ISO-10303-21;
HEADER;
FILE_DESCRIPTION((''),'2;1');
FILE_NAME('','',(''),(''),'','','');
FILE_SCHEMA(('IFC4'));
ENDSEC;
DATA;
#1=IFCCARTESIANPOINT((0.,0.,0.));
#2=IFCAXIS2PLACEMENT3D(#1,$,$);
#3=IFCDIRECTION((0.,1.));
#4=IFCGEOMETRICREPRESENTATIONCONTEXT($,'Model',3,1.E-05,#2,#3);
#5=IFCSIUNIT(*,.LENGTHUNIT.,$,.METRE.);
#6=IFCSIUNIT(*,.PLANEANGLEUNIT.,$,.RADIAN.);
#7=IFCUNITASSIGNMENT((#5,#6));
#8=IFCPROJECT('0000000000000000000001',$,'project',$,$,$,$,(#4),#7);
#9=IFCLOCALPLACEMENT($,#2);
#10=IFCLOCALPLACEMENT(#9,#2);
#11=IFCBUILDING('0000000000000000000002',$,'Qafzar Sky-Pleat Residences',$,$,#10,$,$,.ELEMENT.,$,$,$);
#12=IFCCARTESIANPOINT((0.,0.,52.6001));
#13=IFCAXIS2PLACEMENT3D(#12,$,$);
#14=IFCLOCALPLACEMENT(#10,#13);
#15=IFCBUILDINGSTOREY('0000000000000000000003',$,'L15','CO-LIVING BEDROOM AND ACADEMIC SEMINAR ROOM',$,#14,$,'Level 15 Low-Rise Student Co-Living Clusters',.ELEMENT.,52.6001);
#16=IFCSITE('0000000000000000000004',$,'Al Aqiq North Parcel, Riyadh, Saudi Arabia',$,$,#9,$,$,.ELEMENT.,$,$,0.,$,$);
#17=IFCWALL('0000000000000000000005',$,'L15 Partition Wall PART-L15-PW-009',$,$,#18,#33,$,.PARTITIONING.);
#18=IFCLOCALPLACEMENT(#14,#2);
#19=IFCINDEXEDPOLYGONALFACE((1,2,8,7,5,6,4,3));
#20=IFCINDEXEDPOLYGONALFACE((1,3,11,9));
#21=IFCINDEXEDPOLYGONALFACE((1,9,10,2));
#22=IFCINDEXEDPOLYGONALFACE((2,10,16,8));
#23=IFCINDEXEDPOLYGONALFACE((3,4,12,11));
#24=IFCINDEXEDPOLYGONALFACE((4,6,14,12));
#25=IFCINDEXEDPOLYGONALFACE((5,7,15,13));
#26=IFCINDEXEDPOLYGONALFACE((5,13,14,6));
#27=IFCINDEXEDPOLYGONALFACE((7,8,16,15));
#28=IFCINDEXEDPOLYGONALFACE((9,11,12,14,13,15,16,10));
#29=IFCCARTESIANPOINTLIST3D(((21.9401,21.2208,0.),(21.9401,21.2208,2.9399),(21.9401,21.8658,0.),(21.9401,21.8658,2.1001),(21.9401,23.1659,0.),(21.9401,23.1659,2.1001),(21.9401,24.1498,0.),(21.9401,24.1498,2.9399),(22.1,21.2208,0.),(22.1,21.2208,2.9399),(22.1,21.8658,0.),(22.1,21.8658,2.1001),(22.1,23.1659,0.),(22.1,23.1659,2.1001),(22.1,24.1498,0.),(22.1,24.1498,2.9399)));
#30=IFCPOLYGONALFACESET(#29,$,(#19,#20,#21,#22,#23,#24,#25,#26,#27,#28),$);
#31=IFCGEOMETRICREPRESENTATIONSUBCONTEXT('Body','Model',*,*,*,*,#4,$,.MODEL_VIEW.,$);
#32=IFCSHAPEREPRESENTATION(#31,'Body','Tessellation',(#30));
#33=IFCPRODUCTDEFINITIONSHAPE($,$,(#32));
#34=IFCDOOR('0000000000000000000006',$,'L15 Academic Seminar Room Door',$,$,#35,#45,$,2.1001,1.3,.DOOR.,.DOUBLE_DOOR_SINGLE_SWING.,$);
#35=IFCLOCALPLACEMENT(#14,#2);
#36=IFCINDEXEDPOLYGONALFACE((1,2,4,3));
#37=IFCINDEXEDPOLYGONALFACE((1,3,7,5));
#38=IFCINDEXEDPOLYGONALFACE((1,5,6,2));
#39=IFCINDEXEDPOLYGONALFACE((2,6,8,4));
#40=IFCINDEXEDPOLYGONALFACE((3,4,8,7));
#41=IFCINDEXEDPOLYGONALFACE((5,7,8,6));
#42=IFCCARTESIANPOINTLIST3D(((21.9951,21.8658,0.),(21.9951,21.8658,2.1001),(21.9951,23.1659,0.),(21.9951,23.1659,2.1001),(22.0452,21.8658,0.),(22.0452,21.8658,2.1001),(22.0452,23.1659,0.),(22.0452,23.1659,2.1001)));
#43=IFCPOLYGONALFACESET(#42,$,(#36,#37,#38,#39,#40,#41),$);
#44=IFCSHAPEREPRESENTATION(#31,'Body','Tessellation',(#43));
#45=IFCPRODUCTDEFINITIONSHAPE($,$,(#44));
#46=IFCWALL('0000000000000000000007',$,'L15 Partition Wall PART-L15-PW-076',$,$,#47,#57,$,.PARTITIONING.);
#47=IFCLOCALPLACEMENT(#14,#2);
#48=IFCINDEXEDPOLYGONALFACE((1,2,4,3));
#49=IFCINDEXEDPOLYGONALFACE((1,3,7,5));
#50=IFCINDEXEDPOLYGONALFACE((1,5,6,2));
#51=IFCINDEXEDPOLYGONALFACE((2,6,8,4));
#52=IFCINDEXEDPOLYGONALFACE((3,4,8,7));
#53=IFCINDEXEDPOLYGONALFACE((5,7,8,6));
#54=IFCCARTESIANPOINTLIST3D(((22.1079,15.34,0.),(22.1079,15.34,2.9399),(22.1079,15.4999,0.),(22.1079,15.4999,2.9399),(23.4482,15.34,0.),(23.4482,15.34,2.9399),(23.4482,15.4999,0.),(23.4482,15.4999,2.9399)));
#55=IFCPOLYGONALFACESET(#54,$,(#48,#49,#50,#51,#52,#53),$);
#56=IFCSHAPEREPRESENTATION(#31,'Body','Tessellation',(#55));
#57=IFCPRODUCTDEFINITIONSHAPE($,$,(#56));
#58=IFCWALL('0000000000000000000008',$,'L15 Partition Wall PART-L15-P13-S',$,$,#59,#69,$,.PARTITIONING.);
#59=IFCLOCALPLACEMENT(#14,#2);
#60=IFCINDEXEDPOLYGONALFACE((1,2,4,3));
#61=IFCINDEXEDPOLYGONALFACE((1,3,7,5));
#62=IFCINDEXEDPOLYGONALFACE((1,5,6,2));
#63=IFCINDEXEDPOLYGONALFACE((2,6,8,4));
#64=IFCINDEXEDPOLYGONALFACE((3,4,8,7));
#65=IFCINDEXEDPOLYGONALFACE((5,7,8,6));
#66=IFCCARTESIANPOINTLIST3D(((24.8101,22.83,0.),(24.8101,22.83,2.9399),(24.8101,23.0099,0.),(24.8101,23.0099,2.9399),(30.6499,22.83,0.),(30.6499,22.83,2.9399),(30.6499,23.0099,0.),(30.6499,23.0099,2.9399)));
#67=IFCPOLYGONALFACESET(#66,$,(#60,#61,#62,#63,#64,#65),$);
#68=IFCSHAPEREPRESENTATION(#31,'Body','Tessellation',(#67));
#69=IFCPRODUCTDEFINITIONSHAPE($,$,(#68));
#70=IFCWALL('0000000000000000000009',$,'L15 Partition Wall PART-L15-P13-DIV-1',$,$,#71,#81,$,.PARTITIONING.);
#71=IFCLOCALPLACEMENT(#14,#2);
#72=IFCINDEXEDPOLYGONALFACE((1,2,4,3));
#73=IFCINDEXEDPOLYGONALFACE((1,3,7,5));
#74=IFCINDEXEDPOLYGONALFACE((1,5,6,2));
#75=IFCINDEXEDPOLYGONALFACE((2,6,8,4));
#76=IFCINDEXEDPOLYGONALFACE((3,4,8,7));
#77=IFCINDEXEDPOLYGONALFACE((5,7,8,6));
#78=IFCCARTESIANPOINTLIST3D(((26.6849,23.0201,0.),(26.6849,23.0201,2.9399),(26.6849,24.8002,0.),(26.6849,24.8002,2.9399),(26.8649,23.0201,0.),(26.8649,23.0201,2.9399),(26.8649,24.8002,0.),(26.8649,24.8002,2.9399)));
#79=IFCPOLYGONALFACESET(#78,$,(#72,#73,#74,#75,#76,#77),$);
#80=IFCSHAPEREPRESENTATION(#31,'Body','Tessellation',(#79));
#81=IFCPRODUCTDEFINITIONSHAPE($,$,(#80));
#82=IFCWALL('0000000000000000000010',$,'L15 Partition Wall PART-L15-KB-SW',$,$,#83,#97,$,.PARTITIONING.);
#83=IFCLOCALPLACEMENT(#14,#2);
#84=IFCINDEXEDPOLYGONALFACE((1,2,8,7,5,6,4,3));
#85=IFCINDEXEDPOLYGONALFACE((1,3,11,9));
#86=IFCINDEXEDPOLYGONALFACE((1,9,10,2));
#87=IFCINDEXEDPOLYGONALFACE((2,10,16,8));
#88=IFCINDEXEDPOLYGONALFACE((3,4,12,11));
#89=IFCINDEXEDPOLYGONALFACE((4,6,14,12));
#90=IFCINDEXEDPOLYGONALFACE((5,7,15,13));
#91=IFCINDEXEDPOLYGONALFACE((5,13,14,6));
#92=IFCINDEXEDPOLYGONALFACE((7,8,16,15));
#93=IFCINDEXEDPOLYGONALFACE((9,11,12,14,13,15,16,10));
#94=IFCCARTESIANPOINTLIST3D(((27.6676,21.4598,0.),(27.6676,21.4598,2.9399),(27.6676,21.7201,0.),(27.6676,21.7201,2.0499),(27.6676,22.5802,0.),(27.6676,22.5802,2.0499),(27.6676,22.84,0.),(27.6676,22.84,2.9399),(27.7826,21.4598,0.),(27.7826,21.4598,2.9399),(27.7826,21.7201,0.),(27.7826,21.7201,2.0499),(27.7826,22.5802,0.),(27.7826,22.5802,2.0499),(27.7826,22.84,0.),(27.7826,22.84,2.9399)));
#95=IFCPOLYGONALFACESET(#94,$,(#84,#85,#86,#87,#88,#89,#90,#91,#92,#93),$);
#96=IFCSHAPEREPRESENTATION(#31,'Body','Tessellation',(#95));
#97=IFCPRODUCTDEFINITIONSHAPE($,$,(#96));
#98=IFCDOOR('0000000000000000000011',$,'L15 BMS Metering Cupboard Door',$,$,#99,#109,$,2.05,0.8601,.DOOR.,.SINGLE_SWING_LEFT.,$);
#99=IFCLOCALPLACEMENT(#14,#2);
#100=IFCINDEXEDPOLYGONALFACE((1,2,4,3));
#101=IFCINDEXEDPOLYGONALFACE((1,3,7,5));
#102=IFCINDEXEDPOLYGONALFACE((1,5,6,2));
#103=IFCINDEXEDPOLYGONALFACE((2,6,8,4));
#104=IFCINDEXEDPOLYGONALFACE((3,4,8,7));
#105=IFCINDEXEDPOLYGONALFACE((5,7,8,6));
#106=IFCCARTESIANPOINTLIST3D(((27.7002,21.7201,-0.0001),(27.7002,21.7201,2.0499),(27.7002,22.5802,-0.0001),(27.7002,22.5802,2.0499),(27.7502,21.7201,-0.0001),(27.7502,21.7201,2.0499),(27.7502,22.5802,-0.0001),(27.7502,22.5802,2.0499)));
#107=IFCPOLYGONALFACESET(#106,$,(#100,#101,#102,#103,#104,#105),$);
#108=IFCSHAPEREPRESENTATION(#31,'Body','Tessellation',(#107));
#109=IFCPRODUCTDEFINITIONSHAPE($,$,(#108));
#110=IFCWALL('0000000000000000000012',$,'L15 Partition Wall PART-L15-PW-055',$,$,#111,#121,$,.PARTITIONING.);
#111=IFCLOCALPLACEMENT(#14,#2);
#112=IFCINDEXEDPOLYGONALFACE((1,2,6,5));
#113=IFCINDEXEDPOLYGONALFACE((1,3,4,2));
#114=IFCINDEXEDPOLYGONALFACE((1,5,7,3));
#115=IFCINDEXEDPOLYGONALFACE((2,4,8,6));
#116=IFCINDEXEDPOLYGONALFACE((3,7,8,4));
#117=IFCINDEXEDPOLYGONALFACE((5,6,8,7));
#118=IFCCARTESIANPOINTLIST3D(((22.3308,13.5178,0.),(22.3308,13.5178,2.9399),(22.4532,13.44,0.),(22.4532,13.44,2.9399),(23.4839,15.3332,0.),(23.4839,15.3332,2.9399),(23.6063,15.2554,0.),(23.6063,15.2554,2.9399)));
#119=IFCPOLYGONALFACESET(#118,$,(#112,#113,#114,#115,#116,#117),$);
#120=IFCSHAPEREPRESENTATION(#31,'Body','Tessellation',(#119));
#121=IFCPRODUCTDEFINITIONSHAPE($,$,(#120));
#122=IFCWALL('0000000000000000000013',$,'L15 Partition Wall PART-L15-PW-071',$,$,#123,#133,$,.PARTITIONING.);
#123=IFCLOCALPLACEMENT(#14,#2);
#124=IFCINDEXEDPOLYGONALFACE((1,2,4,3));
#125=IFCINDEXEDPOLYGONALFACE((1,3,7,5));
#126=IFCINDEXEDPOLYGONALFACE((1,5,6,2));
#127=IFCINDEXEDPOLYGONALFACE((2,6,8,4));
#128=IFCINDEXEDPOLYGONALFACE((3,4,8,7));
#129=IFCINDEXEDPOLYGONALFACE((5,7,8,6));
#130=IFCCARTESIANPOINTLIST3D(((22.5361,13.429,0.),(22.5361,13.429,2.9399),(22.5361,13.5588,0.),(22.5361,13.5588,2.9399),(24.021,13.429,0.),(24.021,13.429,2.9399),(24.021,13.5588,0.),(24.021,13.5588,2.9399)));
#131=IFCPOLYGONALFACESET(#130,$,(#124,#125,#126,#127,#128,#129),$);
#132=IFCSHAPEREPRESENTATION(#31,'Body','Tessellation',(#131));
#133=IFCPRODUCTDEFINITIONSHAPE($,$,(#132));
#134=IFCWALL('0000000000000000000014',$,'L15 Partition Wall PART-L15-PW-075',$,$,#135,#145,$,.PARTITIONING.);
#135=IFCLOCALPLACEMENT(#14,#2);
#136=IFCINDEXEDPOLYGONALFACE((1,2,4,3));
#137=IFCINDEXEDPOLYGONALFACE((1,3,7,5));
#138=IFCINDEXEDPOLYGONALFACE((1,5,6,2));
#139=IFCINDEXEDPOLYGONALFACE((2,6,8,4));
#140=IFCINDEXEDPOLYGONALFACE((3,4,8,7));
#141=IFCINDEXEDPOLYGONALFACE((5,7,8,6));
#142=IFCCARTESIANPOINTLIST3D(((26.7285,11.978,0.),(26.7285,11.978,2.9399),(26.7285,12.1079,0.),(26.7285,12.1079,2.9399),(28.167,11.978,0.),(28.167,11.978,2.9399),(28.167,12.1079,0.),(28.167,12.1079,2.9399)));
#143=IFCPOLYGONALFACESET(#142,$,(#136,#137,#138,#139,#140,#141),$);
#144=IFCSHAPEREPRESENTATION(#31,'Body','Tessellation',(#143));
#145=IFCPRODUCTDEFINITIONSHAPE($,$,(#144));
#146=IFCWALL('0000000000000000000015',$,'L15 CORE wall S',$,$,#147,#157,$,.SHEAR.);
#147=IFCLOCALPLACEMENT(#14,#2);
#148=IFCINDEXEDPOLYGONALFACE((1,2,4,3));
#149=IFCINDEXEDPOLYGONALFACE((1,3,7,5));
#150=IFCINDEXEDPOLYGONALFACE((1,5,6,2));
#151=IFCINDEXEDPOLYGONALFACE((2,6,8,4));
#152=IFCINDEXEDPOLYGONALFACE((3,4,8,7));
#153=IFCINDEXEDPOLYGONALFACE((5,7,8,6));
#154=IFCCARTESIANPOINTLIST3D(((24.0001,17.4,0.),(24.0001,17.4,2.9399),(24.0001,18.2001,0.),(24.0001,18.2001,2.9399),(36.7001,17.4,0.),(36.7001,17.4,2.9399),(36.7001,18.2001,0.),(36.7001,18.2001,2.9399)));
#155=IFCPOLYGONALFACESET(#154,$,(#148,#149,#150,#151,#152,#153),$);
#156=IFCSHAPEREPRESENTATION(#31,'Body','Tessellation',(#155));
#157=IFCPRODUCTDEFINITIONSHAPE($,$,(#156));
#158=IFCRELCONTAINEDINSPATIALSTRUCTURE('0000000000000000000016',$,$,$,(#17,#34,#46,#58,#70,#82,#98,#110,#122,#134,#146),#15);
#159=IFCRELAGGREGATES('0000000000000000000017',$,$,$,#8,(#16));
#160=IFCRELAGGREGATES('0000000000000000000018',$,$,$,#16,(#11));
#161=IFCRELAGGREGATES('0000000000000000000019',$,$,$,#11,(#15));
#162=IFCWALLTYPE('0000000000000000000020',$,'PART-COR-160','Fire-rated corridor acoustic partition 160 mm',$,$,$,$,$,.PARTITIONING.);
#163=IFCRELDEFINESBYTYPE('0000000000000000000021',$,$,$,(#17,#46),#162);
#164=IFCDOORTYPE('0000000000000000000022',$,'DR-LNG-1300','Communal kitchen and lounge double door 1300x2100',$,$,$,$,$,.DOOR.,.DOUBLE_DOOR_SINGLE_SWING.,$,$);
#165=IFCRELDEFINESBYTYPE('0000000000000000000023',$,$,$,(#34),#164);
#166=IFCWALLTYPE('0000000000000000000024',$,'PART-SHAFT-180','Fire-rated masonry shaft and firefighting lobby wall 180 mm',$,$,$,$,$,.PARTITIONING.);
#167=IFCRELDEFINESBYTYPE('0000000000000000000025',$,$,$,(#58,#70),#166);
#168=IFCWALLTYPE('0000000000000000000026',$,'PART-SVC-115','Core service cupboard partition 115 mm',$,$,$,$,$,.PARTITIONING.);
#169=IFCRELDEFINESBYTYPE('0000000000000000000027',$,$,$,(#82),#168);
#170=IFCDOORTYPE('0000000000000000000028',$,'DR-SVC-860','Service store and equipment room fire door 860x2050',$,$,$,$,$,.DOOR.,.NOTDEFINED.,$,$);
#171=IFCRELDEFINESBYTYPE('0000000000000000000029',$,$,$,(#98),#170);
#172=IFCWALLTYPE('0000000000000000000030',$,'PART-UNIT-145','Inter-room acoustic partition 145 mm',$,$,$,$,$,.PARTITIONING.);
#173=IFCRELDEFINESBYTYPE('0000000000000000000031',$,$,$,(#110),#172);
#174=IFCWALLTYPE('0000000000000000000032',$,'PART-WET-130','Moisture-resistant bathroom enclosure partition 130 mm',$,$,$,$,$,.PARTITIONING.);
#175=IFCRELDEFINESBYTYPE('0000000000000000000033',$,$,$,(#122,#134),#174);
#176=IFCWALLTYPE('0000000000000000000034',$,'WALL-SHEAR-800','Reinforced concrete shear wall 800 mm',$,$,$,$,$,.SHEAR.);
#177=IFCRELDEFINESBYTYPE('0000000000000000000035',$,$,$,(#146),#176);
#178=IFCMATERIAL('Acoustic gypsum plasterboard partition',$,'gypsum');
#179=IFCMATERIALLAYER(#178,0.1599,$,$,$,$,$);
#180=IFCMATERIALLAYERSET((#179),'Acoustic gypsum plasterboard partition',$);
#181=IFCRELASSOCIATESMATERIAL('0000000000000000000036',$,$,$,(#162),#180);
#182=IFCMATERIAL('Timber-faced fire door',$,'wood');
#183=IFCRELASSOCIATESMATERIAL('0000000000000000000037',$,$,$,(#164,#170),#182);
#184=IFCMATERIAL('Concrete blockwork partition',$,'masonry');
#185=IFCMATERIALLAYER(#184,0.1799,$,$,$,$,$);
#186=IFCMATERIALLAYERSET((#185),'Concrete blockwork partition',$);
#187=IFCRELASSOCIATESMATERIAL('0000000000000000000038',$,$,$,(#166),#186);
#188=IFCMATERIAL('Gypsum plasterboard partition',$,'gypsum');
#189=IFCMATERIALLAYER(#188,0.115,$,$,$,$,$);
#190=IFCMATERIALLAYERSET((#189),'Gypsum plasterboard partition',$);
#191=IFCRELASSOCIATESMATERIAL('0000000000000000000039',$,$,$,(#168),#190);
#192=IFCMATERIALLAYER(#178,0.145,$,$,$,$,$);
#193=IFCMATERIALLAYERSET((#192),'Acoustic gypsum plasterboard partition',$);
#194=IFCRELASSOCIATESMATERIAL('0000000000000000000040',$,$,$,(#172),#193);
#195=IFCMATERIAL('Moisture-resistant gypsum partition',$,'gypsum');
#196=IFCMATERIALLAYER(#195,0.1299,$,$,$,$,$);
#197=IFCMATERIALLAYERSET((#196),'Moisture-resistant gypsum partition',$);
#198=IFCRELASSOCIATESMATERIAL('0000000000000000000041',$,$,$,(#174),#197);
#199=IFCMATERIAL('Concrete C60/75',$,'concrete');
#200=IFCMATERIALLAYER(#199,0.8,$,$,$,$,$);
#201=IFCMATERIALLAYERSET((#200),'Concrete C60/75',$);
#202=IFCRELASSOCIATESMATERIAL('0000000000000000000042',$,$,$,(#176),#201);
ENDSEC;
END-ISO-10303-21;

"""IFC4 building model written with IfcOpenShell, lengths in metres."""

from ifc_helpers import new_model, si_unit, direction, frame, frame_2d, origin, place, context, subcontext, project, spatial, rectangle, extrude, source, transform, mapped, material, layer, layer_set, type_object, element, fill, save


model = new_model("IFC4")

# Units and contexts
model_context = context("Model", 3, precision=1e-05, world=origin(), true_north=direction((0.0, 1.0)))
body_context = subcontext(model_context, "Body", "Model", "MODEL_VIEW")
ifc_project = project(units=[si_unit("LENGTHUNIT", "METRE"), si_unit("PLANEANGLEUNIT", "RADIAN")], contexts=[model_context])

# Site, building, storey
site_placement = place(None, origin())
site = spatial("IfcSite", under=ifc_project, at=site_placement, Name="Al Aqiq North Parcel, Riyadh, Saudi Arabia", CompositionType="ELEMENT", RefElevation=0.0)
building_placement = place(site_placement, origin())
building = spatial("IfcBuilding", under=site, at=building_placement, Name="Qafzar Sky-Pleat Residences", CompositionType="ELEMENT")
storey_placement = place(building_placement, frame((0.0, 0.0, 52.6001)))
storey = spatial("IfcBuildingStorey", under=building, at=storey_placement, Name="L15", Description="CO-LIVING BEDROOM AND ACADEMIC SEMINAR ROOM", LongName="Level 15 Low-Rise Student Co-Living Clusters", CompositionType="ELEMENT", Elevation=52.6001)

# Wall, opening, door
ifc_material_1 = material(Name="Acoustic gypsum plasterboard partition", Category="gypsum")
ifc_layer_1 = layer(ifc_material_1, 0.1599)
ifc_layer_set_1 = layer_set([ifc_layer_1], Name="Acoustic gypsum plasterboard partition")
wall_type_1 = type_object("IfcWallType", Name="PART-COR-160", Description="Fire-rated corridor acoustic partition 160 mm", PredefinedType="PARTITIONING", material=ifc_layer_set_1)
ifc_material_2 = material(Name="Timber-faced fire door", Category="wood")
wall_1_placement = place(storey_placement, frame((22.02, 21.2209, 0.0), z_axis=(0.0, 0.0, 1.0), x_axis=(0.0, 1.0, 0.0)))
wall_1 = element("IfcWall", 1, at=wall_1_placement, inside=storey, type_object=wall_type_1, Name="L15 Partition Wall PART-L15-PW-009", PredefinedType="PARTITIONING", context=body_context, shape_type="SweptSolid", body=[
    extrude(rectangle(XDim=2.929, YDim=0.1599, at=frame_2d((1.4644, 0.0))), origin(), (0.0, 0.0, 1.0), 2.9399),
])
opening_1_placement = place(wall_1_placement, frame((0.645, 0.0, 0.0)))
opening_1 = element("IfcOpeningElement", 2, at=opening_1_placement, cuts=wall_1, PredefinedType="OPENING", context=body_context, shape_type="SweptSolid", body=[
    extrude(rectangle(XDim=1.3, YDim=2.1001, at=frame_2d((0.6499, 1.05))), frame((0.0, 0.0898, 0.0), z_axis=(0.0, -1.0, 0.0), x_axis=(1.0, 0.0, 0.0)), (0.0, 0.0, 1.0), 0.1799),
])
door_type_1 = type_object("IfcDoorType", Name="DR-LNG-1300", Description="Communal kitchen and lounge double door 1300x2100", OperationType="DOUBLE_DOOR_SINGLE_SWING", PredefinedType="DOOR", material=ifc_material_2)
shared_shape_1 = source(origin(), body_context, "Body", "SweptSolid", [
    extrude(rectangle(XDim=1.3, YDim=2.1001, at=frame_2d((0.6499, 1.05))), frame((0.0, 0.0249, 0.0), z_axis=(0.0, -1.0, 0.0), x_axis=(1.0, 0.0, 0.0)), (0.0, 0.0, 1.0), 0.05),
])
door_1_placement = place(opening_1_placement, origin())
door_1 = element("IfcDoor", 3, at=door_1_placement, inside=storey, type_object=door_type_1, Name="L15 Academic Seminar Room Door", OperationType="DOUBLE_DOOR_SINGLE_SWING", OverallHeight=2.1001, OverallWidth=1.3, PredefinedType="DOOR", context=body_context, shape_type="MappedRepresentation", body=[
    mapped(shared_shape_1, transform((0.0, 0.0, 0.0), x_axis=(1.0, 0.0, 0.0), y_axis=(0.0, 1.0, 0.0), z_axis=(0.0, 0.0, 1.0), scale=1.0)),
])
fill(opening_1, door_1)

# Walls
wall_2_placement = place(storey_placement, frame((22.1079, 15.4199, 0.0), z_axis=(0.0, 0.0, 1.0), x_axis=(1.0, 0.0, 0.0)))
element("IfcWall", 4, at=wall_2_placement, inside=storey, type_object=wall_type_1, Name="L15 Partition Wall PART-L15-PW-076", PredefinedType="PARTITIONING", context=body_context, shape_type="SweptSolid", body=[
    extrude(rectangle(XDim=1.3403, YDim=0.1599, at=frame_2d((0.6702, 0.0))), origin(), (0.0, 0.0, 1.0), 2.9399),
])
ifc_material_3 = material(Name="Concrete blockwork partition", Category="masonry")
ifc_layer_2 = layer(ifc_material_3, 0.1799)
ifc_layer_set_2 = layer_set([ifc_layer_2], Name="Concrete blockwork partition")
wall_type_2 = type_object("IfcWallType", Name="PART-SHAFT-180", Description="Fire-rated masonry shaft and firefighting lobby wall 180 mm", PredefinedType="PARTITIONING", material=ifc_layer_set_2)
wall_3_placement = place(storey_placement, frame((24.8101, 22.9199, 0.0), z_axis=(0.0, 0.0, 1.0), x_axis=(1.0, 0.0, 0.0)))
element("IfcWall", 5, at=wall_3_placement, inside=storey, type_object=wall_type_2, Name="L15 Partition Wall PART-L15-P13-S", PredefinedType="PARTITIONING", context=body_context, shape_type="SweptSolid", body=[
    extrude(rectangle(XDim=5.8398, YDim=0.1799, at=frame_2d((2.9199, 0.0))), origin(), (0.0, 0.0, 1.0), 2.9399),
])

# Wall
wall_4_placement = place(storey_placement, frame((26.7749, 23.02, 0.0), z_axis=(0.0, 0.0, 1.0), x_axis=(0.0, 1.0, 0.0)))
element("IfcWall", 6, at=wall_4_placement, inside=storey, type_object=wall_type_2, Name="L15 Partition Wall PART-L15-P13-DIV-1", PredefinedType="PARTITIONING", context=body_context, shape_type="SweptSolid", body=[
    extrude(rectangle(XDim=1.78, YDim=0.1799, at=frame_2d((0.8901, 0.0))), origin(), (0.0, 0.0, 1.0), 2.9399),
])

# Wall, opening, door
ifc_material_4 = material(Name="Gypsum plasterboard partition", Category="gypsum")
ifc_layer_3 = layer(ifc_material_4, 0.115)
ifc_layer_set_3 = layer_set([ifc_layer_3], Name="Gypsum plasterboard partition")
wall_type_3 = type_object("IfcWallType", Name="PART-SVC-115", Description="Core service cupboard partition 115 mm", PredefinedType="PARTITIONING", material=ifc_layer_set_3)
wall_5_placement = place(storey_placement, frame((27.7251, 21.46, 0.0), z_axis=(0.0, 0.0, 1.0), x_axis=(0.0, 1.0, 0.0)))
wall_5 = element("IfcWall", 7, at=wall_5_placement, inside=storey, type_object=wall_type_3, Name="L15 Partition Wall PART-L15-KB-SW", PredefinedType="PARTITIONING", context=body_context, shape_type="SweptSolid", body=[
    extrude(rectangle(XDim=1.3801, YDim=0.115, at=frame_2d((0.6899, 0.0))), origin(), (0.0, 0.0, 1.0), 2.9399),
])
opening_2_placement = place(wall_5_placement, frame((0.26, 0.0, 0.0)))
opening_2 = element("IfcOpeningElement", 8, at=opening_2_placement, cuts=wall_5, PredefinedType="OPENING", context=body_context, shape_type="SweptSolid", body=[
    extrude(rectangle(XDim=0.8601, YDim=2.05, at=frame_2d((0.4302, 1.0249))), frame((0.0, 0.0674, 0.0), z_axis=(0.0, -1.0, 0.0), x_axis=(1.0, 0.0, 0.0)), (0.0, 0.0, 1.0), 0.135),
])
door_type_2 = type_object("IfcDoorType", Name="DR-SVC-860", Description="Service store and equipment room fire door 860x2050", OperationType="NOTDEFINED", PredefinedType="DOOR", material=ifc_material_2)
shared_shape_2 = source(origin(), body_context, "Body", "SweptSolid", [
    extrude(rectangle(XDim=0.8601, YDim=2.05, at=frame_2d((0.4302, 1.0249))), frame((0.0, 0.0249, 0.0), z_axis=(0.0, -1.0, 0.0), x_axis=(1.0, 0.0, 0.0)), (0.0, 0.0, 1.0), 0.05),
])
door_2_placement = place(opening_2_placement, origin())
door_2 = element("IfcDoor", 9, at=door_2_placement, inside=storey, type_object=door_type_2, Name="L15 BMS Metering Cupboard Door", OperationType="SINGLE_SWING_LEFT", OverallHeight=2.05, OverallWidth=0.8601, PredefinedType="DOOR", context=body_context, shape_type="MappedRepresentation", body=[
    mapped(shared_shape_2, transform((0.0, 0.0, 0.0), x_axis=(1.0, 0.0, 0.0), y_axis=(0.0, 1.0, 0.0), z_axis=(0.0, 0.0, 1.0), scale=1.0)),
])
fill(opening_2, door_2)

# Walls
ifc_layer_4 = layer(ifc_material_1, 0.145)
ifc_layer_set_4 = layer_set([ifc_layer_4], Name="Acoustic gypsum plasterboard partition")
wall_type_4 = type_object("IfcWallType", Name="PART-UNIT-145", Description="Inter-room acoustic partition 145 mm", PredefinedType="PARTITIONING", material=ifc_layer_set_4)
wall_6_placement = place(storey_placement, frame((22.3921, 13.479, 0.0), z_axis=(0.0, 0.0, 1.0), x_axis=(0.536148, 0.844124, 0.0)))
element("IfcWall", 10, at=wall_6_placement, inside=storey, type_object=wall_type_4, Name="L15 Partition Wall PART-L15-PW-055", PredefinedType="PARTITIONING", context=body_context, shape_type="SweptSolid", body=[
    extrude(rectangle(XDim=2.1506, YDim=0.145, at=frame_2d((1.0752, 0.0))), origin(), (0.0, 0.0, 1.0), 2.9399),
])
ifc_material_5 = material(Name="Moisture-resistant gypsum partition", Category="gypsum")
ifc_layer_5 = layer(ifc_material_5, 0.1299)
ifc_layer_set_5 = layer_set([ifc_layer_5], Name="Moisture-resistant gypsum partition")
wall_type_5 = type_object("IfcWallType", Name="PART-WET-130", Description="Moisture-resistant bathroom enclosure partition 130 mm", PredefinedType="PARTITIONING", material=ifc_layer_set_5)
wall_7_placement = place(storey_placement, frame((22.5361, 13.4939, 0.0), z_axis=(0.0, 0.0, 1.0), x_axis=(1.0, 0.0, 0.0)))
element("IfcWall", 11, at=wall_7_placement, inside=storey, type_object=wall_type_5, Name="L15 Partition Wall PART-L15-PW-071", PredefinedType="PARTITIONING", context=body_context, shape_type="SweptSolid", body=[
    extrude(rectangle(XDim=1.4849, YDim=0.1299, at=frame_2d((0.7424, 0.0))), origin(), (0.0, 0.0, 1.0), 2.9399),
])
wall_8_placement = place(storey_placement, frame((26.7285, 12.043, 0.0), z_axis=(0.0, 0.0, 1.0), x_axis=(1.0, 0.0, 0.0)))
element("IfcWall", 12, at=wall_8_placement, inside=storey, type_object=wall_type_5, Name="L15 Partition Wall PART-L15-PW-075", PredefinedType="PARTITIONING", context=body_context, shape_type="SweptSolid", body=[
    extrude(rectangle(XDim=1.4385, YDim=0.1299, at=frame_2d((0.7192, 0.0))), origin(), (0.0, 0.0, 1.0), 2.9399),
])

# Shared definitions
ifc_material_6 = material(Name="Concrete C60/75", Category="concrete")

# Wall
ifc_layer_6 = layer(ifc_material_6, 0.8)
ifc_layer_set_6 = layer_set([ifc_layer_6], Name="Concrete C60/75")
wall_type_6 = type_object("IfcWallType", Name="WALL-SHEAR-800", Description="Reinforced concrete shear wall 800 mm", PredefinedType="SHEAR", material=ifc_layer_set_6)
wall_9_placement = place(storey_placement, frame((24.0, 17.8, 0.0), z_axis=(0.0, 0.0, 1.0), x_axis=(1.0, 0.0, 0.0)))
element("IfcWall", 13, at=wall_9_placement, inside=storey, type_object=wall_type_6, Name="L15 CORE wall S", PredefinedType="SHEAR", context=body_context, shape_type="SweptSolid", body=[
    extrude(rectangle(XDim=12.7, YDim=0.8, at=frame_2d((6.3501, 0.0))), origin(), (0.0, 0.0, 1.0), 2.9399),
])

save(model, "model.ifc")
